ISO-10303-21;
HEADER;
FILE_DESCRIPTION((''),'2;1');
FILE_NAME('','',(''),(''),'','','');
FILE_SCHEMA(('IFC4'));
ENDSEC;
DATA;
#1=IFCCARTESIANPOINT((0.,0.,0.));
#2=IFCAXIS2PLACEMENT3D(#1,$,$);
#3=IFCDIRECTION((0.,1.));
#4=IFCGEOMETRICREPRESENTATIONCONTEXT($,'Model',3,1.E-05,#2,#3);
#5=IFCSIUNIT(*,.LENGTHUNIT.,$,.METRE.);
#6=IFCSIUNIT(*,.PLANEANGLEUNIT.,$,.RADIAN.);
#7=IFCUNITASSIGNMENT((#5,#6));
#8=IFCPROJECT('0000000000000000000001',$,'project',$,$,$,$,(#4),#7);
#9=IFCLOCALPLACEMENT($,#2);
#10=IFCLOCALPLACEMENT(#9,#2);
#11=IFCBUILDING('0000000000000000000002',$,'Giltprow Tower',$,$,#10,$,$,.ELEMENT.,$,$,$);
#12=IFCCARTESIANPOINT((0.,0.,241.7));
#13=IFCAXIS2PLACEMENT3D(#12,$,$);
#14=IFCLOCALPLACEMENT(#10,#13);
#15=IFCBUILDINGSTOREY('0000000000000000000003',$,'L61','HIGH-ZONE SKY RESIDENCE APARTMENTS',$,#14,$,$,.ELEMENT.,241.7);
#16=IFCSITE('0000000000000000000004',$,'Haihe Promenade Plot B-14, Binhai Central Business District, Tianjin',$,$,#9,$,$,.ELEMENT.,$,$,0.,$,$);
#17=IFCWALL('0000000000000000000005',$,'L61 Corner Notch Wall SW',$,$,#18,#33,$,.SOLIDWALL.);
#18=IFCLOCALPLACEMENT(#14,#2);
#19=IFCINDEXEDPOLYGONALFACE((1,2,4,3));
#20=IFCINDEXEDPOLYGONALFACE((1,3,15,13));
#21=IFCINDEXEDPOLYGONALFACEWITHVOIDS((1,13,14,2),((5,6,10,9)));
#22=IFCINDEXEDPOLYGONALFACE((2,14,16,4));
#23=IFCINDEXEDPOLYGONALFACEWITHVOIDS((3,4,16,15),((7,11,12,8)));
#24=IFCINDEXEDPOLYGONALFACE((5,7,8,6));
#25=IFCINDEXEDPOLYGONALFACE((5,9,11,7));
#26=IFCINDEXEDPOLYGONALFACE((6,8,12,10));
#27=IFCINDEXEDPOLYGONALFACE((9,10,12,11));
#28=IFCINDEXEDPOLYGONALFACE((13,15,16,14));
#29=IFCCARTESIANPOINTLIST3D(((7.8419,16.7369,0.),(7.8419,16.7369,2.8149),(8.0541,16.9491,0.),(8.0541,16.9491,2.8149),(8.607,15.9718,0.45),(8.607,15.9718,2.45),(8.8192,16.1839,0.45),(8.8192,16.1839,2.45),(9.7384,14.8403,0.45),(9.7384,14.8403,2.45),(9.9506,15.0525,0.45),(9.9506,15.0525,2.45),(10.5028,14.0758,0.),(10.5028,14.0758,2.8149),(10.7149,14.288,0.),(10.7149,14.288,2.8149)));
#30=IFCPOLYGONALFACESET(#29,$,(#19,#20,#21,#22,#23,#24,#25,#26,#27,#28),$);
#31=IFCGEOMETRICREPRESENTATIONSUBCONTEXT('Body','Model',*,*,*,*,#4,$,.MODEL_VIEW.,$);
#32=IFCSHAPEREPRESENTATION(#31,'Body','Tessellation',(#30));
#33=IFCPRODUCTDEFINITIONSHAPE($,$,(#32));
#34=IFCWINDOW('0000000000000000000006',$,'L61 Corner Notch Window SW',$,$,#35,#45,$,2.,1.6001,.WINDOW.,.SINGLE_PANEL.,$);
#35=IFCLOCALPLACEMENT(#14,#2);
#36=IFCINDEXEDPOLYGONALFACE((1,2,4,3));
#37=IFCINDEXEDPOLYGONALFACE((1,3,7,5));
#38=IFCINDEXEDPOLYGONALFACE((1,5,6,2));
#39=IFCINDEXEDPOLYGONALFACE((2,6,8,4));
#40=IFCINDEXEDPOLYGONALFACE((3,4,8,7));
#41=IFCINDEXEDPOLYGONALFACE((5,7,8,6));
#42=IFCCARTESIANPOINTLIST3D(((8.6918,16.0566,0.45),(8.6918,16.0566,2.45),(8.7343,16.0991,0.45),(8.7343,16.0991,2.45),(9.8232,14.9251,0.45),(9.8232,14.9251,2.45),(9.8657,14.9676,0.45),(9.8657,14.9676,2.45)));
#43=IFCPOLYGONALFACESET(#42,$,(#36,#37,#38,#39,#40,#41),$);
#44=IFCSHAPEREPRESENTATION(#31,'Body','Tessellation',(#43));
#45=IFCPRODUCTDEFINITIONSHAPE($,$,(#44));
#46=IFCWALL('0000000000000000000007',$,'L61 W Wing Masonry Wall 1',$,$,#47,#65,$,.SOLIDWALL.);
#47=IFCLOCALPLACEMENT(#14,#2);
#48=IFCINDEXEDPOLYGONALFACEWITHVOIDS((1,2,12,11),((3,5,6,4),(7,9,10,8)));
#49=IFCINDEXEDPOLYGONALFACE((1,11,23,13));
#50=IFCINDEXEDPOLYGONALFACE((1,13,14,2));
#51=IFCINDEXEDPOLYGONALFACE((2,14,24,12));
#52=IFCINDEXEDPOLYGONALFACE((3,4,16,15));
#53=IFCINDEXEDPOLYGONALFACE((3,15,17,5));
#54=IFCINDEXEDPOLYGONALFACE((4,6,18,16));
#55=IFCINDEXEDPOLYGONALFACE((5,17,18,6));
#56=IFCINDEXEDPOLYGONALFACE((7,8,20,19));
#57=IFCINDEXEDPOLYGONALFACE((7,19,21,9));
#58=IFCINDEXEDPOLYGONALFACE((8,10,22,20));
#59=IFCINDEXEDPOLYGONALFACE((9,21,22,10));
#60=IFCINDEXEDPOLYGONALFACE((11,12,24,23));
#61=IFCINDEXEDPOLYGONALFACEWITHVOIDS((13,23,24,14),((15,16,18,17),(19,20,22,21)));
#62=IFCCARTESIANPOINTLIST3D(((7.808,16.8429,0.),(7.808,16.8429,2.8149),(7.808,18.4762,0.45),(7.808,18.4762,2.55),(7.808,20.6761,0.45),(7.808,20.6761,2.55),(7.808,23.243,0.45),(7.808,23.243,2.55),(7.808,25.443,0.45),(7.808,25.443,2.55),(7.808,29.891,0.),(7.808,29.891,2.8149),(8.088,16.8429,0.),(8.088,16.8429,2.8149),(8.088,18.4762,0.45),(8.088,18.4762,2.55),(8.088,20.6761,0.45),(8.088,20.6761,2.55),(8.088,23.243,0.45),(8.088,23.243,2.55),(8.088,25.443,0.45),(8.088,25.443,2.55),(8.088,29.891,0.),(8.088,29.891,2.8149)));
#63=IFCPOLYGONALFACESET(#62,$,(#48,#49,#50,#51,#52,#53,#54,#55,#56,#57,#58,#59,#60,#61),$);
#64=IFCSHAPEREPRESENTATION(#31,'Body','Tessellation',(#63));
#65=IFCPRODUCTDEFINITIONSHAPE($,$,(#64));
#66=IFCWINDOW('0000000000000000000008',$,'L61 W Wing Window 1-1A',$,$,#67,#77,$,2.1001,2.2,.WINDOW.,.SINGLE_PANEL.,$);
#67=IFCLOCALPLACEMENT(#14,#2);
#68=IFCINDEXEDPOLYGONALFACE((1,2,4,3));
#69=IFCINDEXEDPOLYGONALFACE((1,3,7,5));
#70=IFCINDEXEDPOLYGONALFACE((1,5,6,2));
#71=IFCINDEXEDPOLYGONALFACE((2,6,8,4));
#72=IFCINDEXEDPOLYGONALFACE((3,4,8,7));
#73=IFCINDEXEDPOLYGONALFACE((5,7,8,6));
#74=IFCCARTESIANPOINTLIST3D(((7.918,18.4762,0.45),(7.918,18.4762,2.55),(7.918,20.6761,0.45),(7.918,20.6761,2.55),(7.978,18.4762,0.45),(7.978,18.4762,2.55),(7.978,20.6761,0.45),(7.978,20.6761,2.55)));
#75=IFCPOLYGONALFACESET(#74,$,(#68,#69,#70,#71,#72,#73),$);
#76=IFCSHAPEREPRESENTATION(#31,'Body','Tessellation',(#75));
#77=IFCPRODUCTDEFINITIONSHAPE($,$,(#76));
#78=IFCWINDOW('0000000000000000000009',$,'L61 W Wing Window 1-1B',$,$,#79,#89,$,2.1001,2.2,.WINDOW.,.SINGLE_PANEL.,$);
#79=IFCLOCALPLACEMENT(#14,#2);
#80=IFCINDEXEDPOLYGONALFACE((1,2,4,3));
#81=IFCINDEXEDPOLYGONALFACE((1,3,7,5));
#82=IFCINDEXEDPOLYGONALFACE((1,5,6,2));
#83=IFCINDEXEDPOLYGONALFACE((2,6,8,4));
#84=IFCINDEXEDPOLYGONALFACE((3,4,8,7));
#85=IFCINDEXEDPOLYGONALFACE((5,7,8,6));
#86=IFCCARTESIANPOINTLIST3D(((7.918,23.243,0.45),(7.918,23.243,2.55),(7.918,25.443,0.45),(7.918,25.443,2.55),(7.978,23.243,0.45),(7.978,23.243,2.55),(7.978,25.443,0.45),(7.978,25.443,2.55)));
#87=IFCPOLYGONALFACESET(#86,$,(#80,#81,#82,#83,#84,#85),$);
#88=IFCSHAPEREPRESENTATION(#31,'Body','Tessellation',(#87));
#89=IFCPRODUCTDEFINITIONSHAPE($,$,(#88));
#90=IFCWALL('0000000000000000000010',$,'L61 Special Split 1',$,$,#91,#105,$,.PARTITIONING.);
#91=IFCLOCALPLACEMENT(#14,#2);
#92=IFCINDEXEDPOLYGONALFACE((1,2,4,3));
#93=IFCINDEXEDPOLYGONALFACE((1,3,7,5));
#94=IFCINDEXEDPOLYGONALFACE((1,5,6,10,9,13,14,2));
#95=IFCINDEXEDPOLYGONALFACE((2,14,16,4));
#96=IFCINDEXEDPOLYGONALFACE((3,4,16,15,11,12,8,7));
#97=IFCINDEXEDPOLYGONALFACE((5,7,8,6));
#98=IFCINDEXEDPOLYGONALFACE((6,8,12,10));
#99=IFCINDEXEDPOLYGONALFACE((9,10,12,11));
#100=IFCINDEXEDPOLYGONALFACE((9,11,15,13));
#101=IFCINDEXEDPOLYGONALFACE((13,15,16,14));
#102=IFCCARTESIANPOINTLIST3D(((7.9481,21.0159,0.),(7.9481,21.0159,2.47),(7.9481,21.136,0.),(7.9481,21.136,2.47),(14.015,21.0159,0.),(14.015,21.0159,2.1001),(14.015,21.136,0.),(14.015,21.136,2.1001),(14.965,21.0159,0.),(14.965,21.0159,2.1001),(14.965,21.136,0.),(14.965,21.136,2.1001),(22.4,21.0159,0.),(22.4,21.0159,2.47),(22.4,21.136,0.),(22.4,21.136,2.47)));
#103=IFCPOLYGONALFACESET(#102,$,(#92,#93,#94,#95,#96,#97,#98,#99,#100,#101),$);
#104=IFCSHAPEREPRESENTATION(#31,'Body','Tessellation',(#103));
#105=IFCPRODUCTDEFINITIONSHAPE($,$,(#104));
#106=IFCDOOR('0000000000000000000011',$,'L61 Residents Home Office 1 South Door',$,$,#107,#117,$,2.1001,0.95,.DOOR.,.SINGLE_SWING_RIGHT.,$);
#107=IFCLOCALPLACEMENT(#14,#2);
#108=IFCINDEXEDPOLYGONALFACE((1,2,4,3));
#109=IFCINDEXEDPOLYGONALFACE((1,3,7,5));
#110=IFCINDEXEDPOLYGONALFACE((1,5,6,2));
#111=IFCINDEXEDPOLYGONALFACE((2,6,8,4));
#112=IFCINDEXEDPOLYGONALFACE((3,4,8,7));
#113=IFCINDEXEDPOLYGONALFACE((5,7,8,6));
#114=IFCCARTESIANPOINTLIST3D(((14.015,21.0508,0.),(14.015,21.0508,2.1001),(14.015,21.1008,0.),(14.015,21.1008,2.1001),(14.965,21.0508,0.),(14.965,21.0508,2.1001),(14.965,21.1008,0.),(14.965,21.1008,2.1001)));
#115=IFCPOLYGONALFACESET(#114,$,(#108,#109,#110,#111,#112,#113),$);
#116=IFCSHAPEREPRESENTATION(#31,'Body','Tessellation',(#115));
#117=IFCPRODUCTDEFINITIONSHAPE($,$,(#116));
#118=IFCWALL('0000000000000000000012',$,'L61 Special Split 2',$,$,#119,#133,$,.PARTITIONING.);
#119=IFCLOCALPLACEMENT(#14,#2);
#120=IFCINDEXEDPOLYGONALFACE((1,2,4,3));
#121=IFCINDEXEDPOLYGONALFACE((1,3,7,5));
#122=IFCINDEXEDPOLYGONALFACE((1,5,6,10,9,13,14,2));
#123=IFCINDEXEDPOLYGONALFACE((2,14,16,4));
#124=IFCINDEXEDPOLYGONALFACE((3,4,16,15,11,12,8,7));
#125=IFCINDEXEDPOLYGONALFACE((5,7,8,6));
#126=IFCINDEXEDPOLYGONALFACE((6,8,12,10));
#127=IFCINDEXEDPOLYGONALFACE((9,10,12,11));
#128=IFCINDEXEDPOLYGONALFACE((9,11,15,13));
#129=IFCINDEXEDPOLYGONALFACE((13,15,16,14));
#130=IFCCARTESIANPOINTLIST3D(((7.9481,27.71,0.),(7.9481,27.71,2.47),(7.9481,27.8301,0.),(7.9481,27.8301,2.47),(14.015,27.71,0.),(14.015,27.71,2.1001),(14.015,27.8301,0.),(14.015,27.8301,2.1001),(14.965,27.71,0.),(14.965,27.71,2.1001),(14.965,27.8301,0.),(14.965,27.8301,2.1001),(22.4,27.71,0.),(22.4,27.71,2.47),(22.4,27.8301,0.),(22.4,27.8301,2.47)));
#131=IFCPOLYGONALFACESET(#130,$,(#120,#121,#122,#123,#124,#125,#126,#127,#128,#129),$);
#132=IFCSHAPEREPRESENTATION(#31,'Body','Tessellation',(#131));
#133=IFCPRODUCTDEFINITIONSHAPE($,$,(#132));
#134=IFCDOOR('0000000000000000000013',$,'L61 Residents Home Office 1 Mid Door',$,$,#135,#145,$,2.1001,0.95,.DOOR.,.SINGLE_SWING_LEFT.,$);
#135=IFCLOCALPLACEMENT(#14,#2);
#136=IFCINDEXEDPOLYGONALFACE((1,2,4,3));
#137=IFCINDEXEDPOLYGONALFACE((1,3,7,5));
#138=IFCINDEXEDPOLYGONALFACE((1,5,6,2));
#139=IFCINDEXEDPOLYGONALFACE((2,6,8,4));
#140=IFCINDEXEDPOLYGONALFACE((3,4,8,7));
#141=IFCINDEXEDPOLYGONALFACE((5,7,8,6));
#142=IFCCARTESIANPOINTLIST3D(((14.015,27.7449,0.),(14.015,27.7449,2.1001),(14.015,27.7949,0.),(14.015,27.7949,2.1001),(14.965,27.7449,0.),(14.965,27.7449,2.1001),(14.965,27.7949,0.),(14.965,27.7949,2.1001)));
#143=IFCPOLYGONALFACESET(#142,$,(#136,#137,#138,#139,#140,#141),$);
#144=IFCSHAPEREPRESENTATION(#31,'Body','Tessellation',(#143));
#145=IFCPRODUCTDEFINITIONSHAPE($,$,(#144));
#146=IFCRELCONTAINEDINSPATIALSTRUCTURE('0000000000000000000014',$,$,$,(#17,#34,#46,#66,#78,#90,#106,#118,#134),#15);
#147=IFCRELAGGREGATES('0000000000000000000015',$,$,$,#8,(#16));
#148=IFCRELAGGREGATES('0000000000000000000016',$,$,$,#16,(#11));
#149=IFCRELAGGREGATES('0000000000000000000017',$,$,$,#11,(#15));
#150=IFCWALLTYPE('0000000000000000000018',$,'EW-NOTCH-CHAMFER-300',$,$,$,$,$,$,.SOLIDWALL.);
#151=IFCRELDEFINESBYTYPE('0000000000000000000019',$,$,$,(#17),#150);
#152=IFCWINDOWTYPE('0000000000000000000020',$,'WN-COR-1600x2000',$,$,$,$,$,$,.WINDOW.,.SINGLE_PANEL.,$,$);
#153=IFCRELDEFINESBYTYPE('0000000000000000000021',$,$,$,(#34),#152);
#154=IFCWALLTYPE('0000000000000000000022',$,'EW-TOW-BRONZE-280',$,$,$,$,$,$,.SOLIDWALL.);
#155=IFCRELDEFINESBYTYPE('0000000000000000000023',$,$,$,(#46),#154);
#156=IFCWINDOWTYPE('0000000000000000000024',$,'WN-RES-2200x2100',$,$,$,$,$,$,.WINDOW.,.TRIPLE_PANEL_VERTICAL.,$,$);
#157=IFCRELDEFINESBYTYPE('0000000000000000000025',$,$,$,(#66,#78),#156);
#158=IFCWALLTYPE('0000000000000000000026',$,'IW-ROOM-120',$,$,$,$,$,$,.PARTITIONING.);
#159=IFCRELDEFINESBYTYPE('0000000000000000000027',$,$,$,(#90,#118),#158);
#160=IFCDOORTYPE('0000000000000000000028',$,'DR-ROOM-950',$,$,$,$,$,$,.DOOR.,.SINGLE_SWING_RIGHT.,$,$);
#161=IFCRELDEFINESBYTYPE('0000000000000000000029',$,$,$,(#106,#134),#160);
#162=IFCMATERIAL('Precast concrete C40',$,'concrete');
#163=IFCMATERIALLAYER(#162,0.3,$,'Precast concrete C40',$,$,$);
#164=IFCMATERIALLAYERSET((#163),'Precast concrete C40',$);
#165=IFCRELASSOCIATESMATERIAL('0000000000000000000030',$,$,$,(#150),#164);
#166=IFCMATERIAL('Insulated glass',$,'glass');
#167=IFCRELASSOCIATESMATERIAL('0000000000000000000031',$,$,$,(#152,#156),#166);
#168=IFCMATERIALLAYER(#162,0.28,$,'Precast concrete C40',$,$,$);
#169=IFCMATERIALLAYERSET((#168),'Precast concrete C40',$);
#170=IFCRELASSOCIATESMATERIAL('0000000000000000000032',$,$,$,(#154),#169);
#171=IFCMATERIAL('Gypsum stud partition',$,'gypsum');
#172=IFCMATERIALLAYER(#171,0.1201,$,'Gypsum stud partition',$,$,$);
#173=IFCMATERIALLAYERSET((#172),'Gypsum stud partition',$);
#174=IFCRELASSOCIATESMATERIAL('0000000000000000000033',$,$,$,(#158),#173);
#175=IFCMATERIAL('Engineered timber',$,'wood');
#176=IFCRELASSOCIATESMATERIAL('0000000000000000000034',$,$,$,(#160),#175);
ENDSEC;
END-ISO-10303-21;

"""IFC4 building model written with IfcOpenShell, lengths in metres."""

from ifc_helpers import new_model, si_unit, direction, frame, frame_2d, origin, place, context, subcontext, project, spatial, rectangle, extrude, source, transform, mapped, material, layer, layer_set, type_object, element, fill, save


model = new_model("IFC4")

# Units and contexts
model_context = context("Model", 3, precision=1e-05, world=origin(), true_north=direction((0.0, 1.0)))
body_context = subcontext(model_context, "Body", "Model", "MODEL_VIEW")
ifc_project = project(units=[si_unit("LENGTHUNIT", "METRE"), si_unit("PLANEANGLEUNIT", "RADIAN")], contexts=[model_context])

# Site, building, storey
site_placement = place(None, origin())
site = spatial("IfcSite", under=ifc_project, at=site_placement, Name="Haihe Promenade Plot B-14, Binhai Central Business District, Tianjin", CompositionType="ELEMENT", RefElevation=0.0)
building_placement = place(site_placement, origin())
building = spatial("IfcBuilding", under=site, at=building_placement, Name="Giltprow Tower", CompositionType="ELEMENT")
storey_placement = place(building_placement, frame((0.0, 0.0, 241.7)))
storey = spatial("IfcBuildingStorey", under=building, at=storey_placement, Name="L61", Description="HIGH-ZONE SKY RESIDENCE APARTMENTS", CompositionType="ELEMENT", Elevation=241.7)

# Shared definitions
ifc_material_1 = material(Name="Insulated glass", Category="glass")

# Wall, opening, window
ifc_material_2 = material(Name="Precast concrete C40", Category="concrete")
ifc_layer_1 = layer(ifc_material_2, 0.3, Name="Precast concrete C40")
ifc_layer_set_1 = layer_set([ifc_layer_1], Name="Precast concrete C40")
wall_type_1 = type_object("IfcWallType", Name="EW-NOTCH-CHAMFER-300", PredefinedType="SOLIDWALL", material=ifc_layer_set_1)
wall_1_placement = place(storey_placement, frame((7.948, 16.843, 0.0), z_axis=(0.0, 0.0, 1.0), x_axis=(0.707074, -0.707139, 0.0)))
wall_1 = element("IfcWall", 1, at=wall_1_placement, inside=storey, type_object=wall_type_1, Name="L61 Corner Notch Wall SW", PredefinedType="SOLIDWALL", context=body_context, shape_type="SweptSolid", body=[
    extrude(rectangle(XDim=3.7632, YDim=0.3, at=frame_2d((1.8816, 0.0))), origin(), (0.0, 0.0, 1.0), 2.8149),
])
opening_1_placement = place(wall_1_placement, frame((1.082, 0.0, 0.45)))
opening_1 = element("IfcOpeningElement", 2, at=opening_1_placement, cuts=wall_1, PredefinedType="OPENING", context=body_context, shape_type="SweptSolid", body=[
    extrude(rectangle(XDim=1.6001, YDim=2.0, at=frame_2d((0.8, 1.0))), frame((0.0, 0.1599, 0.0), z_axis=(0.0, -1.0, 0.0), x_axis=(1.0, 0.0, 0.0)), (0.0, 0.0, 1.0), 0.3201),
])
window_type_1 = type_object("IfcWindowType", Name="WN-COR-1600x2000", PartitioningType="SINGLE_PANEL", PredefinedType="WINDOW", material=ifc_material_1)
shared_shape_1 = source(origin(), body_context, "Body", "SweptSolid", [
    extrude(rectangle(XDim=1.6001, YDim=2.0, at=frame_2d((0.8, 1.0))), frame((0.0, 0.03, 0.0), z_axis=(0.0, -1.0, 0.0), x_axis=(1.0, 0.0, 0.0)), (0.0, 0.0, 1.0), 0.0601),
])
window_1_placement = place(opening_1_placement, origin())
window_1 = element("IfcWindow", 3, at=window_1_placement, inside=storey, type_object=window_type_1, Name="L61 Corner Notch Window SW", OverallHeight=2.0, OverallWidth=1.6001, PartitioningType="SINGLE_PANEL", PredefinedType="WINDOW", context=body_context, shape_type="MappedRepresentation", body=[
    mapped(shared_shape_1, transform((0.0, 0.0, 0.0), x_axis=(1.0, 0.0, 0.0), y_axis=(0.0, 1.0, 0.0), z_axis=(0.0, 0.0, 1.0), scale=1.0)),
])
fill(opening_1, window_1)

# Wall, openings, windows
ifc_layer_2 = layer(ifc_material_2, 0.28, Name="Precast concrete C40")
ifc_layer_set_2 = layer_set([ifc_layer_2], Name="Precast concrete C40")
wall_type_2 = type_object("IfcWallType", Name="EW-TOW-BRONZE-280", PredefinedType="SOLIDWALL", material=ifc_layer_set_2)
wall_2_placement = place(storey_placement, frame((7.948, 16.843, 0.0), z_axis=(0.0, 0.0, 1.0), x_axis=(0.0, 1.0, 0.0)))
wall_2 = element("IfcWall", 4, at=wall_2_placement, inside=storey, type_object=wall_type_2, Name="L61 W Wing Masonry Wall 1", PredefinedType="SOLIDWALL", context=body_context, shape_type="SweptSolid", body=[
    extrude(rectangle(XDim=13.0481, YDim=0.28, at=frame_2d((6.5239, 0.0))), origin(), (0.0, 0.0, 1.0), 2.8149),
])
opening_2_placement = place(wall_2_placement, frame((1.6331, 0.0, 0.45)))
opening_2 = element("IfcOpeningElement", 5, at=opening_2_placement, cuts=wall_2, PredefinedType="OPENING", context=body_context, shape_type="SweptSolid", body=[
    extrude(rectangle(XDim=2.2, YDim=2.1001, at=frame_2d((1.1001, 1.05))), frame((0.0, 0.1499, 0.0), z_axis=(0.0, -1.0, 0.0), x_axis=(1.0, 0.0, 0.0)), (0.0, 0.0, 1.0), 0.3),
])
opening_3_placement = place(wall_2_placement, frame((6.3999, 0.0, 0.45)))
opening_3 = element("IfcOpeningElement", 6, at=opening_3_placement, cuts=wall_2, PredefinedType="OPENING", context=body_context, shape_type="SweptSolid", body=[
    extrude(rectangle(XDim=2.2, YDim=2.1001, at=frame_2d((1.1001, 1.05))), frame((0.0, 0.1499, 0.0), z_axis=(0.0, -1.0, 0.0), x_axis=(1.0, 0.0, 0.0)), (0.0, 0.0, 1.0), 0.3),
])
window_type_2 = type_object("IfcWindowType", Name="WN-RES-2200x2100", PartitioningType="TRIPLE_PANEL_VERTICAL", PredefinedType="WINDOW", material=ifc_material_1)
shared_shape_2 = source(origin(), body_context, "Body", "SweptSolid", [
    extrude(rectangle(XDim=2.2, YDim=2.1001, at=frame_2d((1.1001, 1.05))), frame((0.0, 0.03, 0.0), z_axis=(0.0, -1.0, 0.0), x_axis=(1.0, 0.0, 0.0)), (0.0, 0.0, 1.0), 0.0601),
])
window_2_placement = place(opening_2_placement, origin())
window_2 = element("IfcWindow", 7, at=window_2_placement, inside=storey, type_object=window_type_2, Name="L61 W Wing Window 1-1A", OverallHeight=2.1001, OverallWidth=2.2, PartitioningType="SINGLE_PANEL", PredefinedType="WINDOW", context=body_context, shape_type="MappedRepresentation", body=[
    mapped(shared_shape_2, transform((0.0, 0.0, 0.0), x_axis=(1.0, 0.0, 0.0), y_axis=(0.0, 1.0, 0.0), z_axis=(0.0, 0.0, 1.0), scale=1.0)),
])
fill(opening_2, window_2)
window_3_placement = place(opening_3_placement, origin())
window_3 = element("IfcWindow", 8, at=window_3_placement, inside=storey, type_object=window_type_2, Name="L61 W Wing Window 1-1B", OverallHeight=2.1001, OverallWidth=2.2, PartitioningType="SINGLE_PANEL", PredefinedType="WINDOW", context=body_context, shape_type="MappedRepresentation", body=[
    mapped(shared_shape_2, transform((0.0, 0.0, 0.0), x_axis=(1.0, 0.0, 0.0), y_axis=(0.0, 1.0, 0.0), z_axis=(0.0, 0.0, 1.0), scale=1.0)),
])
fill(opening_3, window_3)

# Walls, openings, doors
ifc_material_3 = material(Name="Gypsum stud partition", Category="gypsum")
ifc_layer_3 = layer(ifc_material_3, 0.1201, Name="Gypsum stud partition")
ifc_layer_set_3 = layer_set([ifc_layer_3], Name="Gypsum stud partition")
wall_type_3 = type_object("IfcWallType", Name="IW-ROOM-120", PredefinedType="PARTITIONING", material=ifc_layer_set_3)
wall_3_placement = place(storey_placement, frame((7.948, 21.0759, 0.0), z_axis=(0.0, 0.0, 1.0), x_axis=(1.0, 0.0, 0.0)))
wall_3 = element("IfcWall", 9, at=wall_3_placement, inside=storey, type_object=wall_type_3, Name="L61 Special Split 1", PredefinedType="PARTITIONING", context=body_context, shape_type="SweptSolid", body=[
    extrude(rectangle(XDim=14.4519, YDim=0.1201, at=frame_2d((7.2261, 0.0))), origin(), (0.0, 0.0, 1.0), 2.47),
])
opening_4_placement = place(wall_3_placement, frame((6.0669, 0.0, 0.0)))
opening_4 = element("IfcOpeningElement", 10, at=opening_4_placement, cuts=wall_3, PredefinedType="OPENING", context=body_context, shape_type="SweptSolid", body=[
    extrude(rectangle(XDim=0.95, YDim=2.1001, at=frame_2d((0.4751, 1.05))), frame((0.0, 0.0701, 0.0), z_axis=(0.0, -1.0, 0.0), x_axis=(1.0, 0.0, 0.0)), (0.0, 0.0, 1.0), 0.1401),
])
ifc_material_4 = material(Name="Engineered timber", Category="wood")
door_type = type_object("IfcDoorType", Name="DR-ROOM-950", OperationType="SINGLE_SWING_RIGHT", PredefinedType="DOOR", material=ifc_material_4)
shared_shape_3 = source(origin(), body_context, "Body", "SweptSolid", [
    extrude(rectangle(XDim=0.95, YDim=2.1001, at=frame_2d((0.4751, 1.05))), frame((0.0, 0.0249, 0.0), z_axis=(0.0, -1.0, 0.0), x_axis=(1.0, 0.0, 0.0)), (0.0, 0.0, 1.0), 0.05),
])
door_1_placement = place(opening_4_placement, origin())
door_1 = element("IfcDoor", 11, at=door_1_placement, inside=storey, type_object=door_type, Name="L61 Residents Home Office 1 South Door", OperationType="SINGLE_SWING_RIGHT", OverallHeight=2.1001, OverallWidth=0.95, PredefinedType="DOOR", context=body_context, shape_type="MappedRepresentation", body=[
    mapped(shared_shape_3, transform((0.0, 0.0, 0.0), x_axis=(1.0, 0.0, 0.0), y_axis=(0.0, 1.0, 0.0), z_axis=(0.0, 0.0, 1.0), scale=1.0)),
])
fill(opening_4, door_1)
wall_4_placement = place(storey_placement, frame((7.948, 27.77, 0.0), z_axis=(0.0, 0.0, 1.0), x_axis=(1.0, 0.0, 0.0)))
wall_4 = element("IfcWall", 12, at=wall_4_placement, inside=storey, type_object=wall_type_3, Name="L61 Special Split 2", PredefinedType="PARTITIONING", context=body_context, shape_type="SweptSolid", body=[
    extrude(rectangle(XDim=14.4519, YDim=0.1201, at=frame_2d((7.2261, 0.0))), origin(), (0.0, 0.0, 1.0), 2.47),
])
opening_5_placement = place(wall_4_placement, frame((6.0669, 0.0, 0.0)))
opening_5 = element("IfcOpeningElement", 13, at=opening_5_placement, cuts=wall_4, PredefinedType="OPENING", context=body_context, shape_type="SweptSolid", body=[
    extrude(rectangle(XDim=0.95, YDim=2.1001, at=frame_2d((0.4751, 1.05))), frame((0.0, 0.0701, 0.0), z_axis=(0.0, -1.0, 0.0), x_axis=(1.0, 0.0, 0.0)), (0.0, 0.0, 1.0), 0.1401),
])
door_2_placement = place(opening_5_placement, origin())
door_2 = element("IfcDoor", 14, at=door_2_placement, inside=storey, type_object=door_type, Name="L61 Residents Home Office 1 Mid Door", OperationType="SINGLE_SWING_LEFT", OverallHeight=2.1001, OverallWidth=0.95, PredefinedType="DOOR", context=body_context, shape_type="MappedRepresentation", body=[
    mapped(shared_shape_3, transform((0.0, 0.0, 0.0), x_axis=(1.0, 0.0, 0.0), y_axis=(0.0, 1.0, 0.0), z_axis=(0.0, 0.0, 1.0), scale=1.0)),
])
fill(opening_5, door_2)

save(model, "model.ifc")
